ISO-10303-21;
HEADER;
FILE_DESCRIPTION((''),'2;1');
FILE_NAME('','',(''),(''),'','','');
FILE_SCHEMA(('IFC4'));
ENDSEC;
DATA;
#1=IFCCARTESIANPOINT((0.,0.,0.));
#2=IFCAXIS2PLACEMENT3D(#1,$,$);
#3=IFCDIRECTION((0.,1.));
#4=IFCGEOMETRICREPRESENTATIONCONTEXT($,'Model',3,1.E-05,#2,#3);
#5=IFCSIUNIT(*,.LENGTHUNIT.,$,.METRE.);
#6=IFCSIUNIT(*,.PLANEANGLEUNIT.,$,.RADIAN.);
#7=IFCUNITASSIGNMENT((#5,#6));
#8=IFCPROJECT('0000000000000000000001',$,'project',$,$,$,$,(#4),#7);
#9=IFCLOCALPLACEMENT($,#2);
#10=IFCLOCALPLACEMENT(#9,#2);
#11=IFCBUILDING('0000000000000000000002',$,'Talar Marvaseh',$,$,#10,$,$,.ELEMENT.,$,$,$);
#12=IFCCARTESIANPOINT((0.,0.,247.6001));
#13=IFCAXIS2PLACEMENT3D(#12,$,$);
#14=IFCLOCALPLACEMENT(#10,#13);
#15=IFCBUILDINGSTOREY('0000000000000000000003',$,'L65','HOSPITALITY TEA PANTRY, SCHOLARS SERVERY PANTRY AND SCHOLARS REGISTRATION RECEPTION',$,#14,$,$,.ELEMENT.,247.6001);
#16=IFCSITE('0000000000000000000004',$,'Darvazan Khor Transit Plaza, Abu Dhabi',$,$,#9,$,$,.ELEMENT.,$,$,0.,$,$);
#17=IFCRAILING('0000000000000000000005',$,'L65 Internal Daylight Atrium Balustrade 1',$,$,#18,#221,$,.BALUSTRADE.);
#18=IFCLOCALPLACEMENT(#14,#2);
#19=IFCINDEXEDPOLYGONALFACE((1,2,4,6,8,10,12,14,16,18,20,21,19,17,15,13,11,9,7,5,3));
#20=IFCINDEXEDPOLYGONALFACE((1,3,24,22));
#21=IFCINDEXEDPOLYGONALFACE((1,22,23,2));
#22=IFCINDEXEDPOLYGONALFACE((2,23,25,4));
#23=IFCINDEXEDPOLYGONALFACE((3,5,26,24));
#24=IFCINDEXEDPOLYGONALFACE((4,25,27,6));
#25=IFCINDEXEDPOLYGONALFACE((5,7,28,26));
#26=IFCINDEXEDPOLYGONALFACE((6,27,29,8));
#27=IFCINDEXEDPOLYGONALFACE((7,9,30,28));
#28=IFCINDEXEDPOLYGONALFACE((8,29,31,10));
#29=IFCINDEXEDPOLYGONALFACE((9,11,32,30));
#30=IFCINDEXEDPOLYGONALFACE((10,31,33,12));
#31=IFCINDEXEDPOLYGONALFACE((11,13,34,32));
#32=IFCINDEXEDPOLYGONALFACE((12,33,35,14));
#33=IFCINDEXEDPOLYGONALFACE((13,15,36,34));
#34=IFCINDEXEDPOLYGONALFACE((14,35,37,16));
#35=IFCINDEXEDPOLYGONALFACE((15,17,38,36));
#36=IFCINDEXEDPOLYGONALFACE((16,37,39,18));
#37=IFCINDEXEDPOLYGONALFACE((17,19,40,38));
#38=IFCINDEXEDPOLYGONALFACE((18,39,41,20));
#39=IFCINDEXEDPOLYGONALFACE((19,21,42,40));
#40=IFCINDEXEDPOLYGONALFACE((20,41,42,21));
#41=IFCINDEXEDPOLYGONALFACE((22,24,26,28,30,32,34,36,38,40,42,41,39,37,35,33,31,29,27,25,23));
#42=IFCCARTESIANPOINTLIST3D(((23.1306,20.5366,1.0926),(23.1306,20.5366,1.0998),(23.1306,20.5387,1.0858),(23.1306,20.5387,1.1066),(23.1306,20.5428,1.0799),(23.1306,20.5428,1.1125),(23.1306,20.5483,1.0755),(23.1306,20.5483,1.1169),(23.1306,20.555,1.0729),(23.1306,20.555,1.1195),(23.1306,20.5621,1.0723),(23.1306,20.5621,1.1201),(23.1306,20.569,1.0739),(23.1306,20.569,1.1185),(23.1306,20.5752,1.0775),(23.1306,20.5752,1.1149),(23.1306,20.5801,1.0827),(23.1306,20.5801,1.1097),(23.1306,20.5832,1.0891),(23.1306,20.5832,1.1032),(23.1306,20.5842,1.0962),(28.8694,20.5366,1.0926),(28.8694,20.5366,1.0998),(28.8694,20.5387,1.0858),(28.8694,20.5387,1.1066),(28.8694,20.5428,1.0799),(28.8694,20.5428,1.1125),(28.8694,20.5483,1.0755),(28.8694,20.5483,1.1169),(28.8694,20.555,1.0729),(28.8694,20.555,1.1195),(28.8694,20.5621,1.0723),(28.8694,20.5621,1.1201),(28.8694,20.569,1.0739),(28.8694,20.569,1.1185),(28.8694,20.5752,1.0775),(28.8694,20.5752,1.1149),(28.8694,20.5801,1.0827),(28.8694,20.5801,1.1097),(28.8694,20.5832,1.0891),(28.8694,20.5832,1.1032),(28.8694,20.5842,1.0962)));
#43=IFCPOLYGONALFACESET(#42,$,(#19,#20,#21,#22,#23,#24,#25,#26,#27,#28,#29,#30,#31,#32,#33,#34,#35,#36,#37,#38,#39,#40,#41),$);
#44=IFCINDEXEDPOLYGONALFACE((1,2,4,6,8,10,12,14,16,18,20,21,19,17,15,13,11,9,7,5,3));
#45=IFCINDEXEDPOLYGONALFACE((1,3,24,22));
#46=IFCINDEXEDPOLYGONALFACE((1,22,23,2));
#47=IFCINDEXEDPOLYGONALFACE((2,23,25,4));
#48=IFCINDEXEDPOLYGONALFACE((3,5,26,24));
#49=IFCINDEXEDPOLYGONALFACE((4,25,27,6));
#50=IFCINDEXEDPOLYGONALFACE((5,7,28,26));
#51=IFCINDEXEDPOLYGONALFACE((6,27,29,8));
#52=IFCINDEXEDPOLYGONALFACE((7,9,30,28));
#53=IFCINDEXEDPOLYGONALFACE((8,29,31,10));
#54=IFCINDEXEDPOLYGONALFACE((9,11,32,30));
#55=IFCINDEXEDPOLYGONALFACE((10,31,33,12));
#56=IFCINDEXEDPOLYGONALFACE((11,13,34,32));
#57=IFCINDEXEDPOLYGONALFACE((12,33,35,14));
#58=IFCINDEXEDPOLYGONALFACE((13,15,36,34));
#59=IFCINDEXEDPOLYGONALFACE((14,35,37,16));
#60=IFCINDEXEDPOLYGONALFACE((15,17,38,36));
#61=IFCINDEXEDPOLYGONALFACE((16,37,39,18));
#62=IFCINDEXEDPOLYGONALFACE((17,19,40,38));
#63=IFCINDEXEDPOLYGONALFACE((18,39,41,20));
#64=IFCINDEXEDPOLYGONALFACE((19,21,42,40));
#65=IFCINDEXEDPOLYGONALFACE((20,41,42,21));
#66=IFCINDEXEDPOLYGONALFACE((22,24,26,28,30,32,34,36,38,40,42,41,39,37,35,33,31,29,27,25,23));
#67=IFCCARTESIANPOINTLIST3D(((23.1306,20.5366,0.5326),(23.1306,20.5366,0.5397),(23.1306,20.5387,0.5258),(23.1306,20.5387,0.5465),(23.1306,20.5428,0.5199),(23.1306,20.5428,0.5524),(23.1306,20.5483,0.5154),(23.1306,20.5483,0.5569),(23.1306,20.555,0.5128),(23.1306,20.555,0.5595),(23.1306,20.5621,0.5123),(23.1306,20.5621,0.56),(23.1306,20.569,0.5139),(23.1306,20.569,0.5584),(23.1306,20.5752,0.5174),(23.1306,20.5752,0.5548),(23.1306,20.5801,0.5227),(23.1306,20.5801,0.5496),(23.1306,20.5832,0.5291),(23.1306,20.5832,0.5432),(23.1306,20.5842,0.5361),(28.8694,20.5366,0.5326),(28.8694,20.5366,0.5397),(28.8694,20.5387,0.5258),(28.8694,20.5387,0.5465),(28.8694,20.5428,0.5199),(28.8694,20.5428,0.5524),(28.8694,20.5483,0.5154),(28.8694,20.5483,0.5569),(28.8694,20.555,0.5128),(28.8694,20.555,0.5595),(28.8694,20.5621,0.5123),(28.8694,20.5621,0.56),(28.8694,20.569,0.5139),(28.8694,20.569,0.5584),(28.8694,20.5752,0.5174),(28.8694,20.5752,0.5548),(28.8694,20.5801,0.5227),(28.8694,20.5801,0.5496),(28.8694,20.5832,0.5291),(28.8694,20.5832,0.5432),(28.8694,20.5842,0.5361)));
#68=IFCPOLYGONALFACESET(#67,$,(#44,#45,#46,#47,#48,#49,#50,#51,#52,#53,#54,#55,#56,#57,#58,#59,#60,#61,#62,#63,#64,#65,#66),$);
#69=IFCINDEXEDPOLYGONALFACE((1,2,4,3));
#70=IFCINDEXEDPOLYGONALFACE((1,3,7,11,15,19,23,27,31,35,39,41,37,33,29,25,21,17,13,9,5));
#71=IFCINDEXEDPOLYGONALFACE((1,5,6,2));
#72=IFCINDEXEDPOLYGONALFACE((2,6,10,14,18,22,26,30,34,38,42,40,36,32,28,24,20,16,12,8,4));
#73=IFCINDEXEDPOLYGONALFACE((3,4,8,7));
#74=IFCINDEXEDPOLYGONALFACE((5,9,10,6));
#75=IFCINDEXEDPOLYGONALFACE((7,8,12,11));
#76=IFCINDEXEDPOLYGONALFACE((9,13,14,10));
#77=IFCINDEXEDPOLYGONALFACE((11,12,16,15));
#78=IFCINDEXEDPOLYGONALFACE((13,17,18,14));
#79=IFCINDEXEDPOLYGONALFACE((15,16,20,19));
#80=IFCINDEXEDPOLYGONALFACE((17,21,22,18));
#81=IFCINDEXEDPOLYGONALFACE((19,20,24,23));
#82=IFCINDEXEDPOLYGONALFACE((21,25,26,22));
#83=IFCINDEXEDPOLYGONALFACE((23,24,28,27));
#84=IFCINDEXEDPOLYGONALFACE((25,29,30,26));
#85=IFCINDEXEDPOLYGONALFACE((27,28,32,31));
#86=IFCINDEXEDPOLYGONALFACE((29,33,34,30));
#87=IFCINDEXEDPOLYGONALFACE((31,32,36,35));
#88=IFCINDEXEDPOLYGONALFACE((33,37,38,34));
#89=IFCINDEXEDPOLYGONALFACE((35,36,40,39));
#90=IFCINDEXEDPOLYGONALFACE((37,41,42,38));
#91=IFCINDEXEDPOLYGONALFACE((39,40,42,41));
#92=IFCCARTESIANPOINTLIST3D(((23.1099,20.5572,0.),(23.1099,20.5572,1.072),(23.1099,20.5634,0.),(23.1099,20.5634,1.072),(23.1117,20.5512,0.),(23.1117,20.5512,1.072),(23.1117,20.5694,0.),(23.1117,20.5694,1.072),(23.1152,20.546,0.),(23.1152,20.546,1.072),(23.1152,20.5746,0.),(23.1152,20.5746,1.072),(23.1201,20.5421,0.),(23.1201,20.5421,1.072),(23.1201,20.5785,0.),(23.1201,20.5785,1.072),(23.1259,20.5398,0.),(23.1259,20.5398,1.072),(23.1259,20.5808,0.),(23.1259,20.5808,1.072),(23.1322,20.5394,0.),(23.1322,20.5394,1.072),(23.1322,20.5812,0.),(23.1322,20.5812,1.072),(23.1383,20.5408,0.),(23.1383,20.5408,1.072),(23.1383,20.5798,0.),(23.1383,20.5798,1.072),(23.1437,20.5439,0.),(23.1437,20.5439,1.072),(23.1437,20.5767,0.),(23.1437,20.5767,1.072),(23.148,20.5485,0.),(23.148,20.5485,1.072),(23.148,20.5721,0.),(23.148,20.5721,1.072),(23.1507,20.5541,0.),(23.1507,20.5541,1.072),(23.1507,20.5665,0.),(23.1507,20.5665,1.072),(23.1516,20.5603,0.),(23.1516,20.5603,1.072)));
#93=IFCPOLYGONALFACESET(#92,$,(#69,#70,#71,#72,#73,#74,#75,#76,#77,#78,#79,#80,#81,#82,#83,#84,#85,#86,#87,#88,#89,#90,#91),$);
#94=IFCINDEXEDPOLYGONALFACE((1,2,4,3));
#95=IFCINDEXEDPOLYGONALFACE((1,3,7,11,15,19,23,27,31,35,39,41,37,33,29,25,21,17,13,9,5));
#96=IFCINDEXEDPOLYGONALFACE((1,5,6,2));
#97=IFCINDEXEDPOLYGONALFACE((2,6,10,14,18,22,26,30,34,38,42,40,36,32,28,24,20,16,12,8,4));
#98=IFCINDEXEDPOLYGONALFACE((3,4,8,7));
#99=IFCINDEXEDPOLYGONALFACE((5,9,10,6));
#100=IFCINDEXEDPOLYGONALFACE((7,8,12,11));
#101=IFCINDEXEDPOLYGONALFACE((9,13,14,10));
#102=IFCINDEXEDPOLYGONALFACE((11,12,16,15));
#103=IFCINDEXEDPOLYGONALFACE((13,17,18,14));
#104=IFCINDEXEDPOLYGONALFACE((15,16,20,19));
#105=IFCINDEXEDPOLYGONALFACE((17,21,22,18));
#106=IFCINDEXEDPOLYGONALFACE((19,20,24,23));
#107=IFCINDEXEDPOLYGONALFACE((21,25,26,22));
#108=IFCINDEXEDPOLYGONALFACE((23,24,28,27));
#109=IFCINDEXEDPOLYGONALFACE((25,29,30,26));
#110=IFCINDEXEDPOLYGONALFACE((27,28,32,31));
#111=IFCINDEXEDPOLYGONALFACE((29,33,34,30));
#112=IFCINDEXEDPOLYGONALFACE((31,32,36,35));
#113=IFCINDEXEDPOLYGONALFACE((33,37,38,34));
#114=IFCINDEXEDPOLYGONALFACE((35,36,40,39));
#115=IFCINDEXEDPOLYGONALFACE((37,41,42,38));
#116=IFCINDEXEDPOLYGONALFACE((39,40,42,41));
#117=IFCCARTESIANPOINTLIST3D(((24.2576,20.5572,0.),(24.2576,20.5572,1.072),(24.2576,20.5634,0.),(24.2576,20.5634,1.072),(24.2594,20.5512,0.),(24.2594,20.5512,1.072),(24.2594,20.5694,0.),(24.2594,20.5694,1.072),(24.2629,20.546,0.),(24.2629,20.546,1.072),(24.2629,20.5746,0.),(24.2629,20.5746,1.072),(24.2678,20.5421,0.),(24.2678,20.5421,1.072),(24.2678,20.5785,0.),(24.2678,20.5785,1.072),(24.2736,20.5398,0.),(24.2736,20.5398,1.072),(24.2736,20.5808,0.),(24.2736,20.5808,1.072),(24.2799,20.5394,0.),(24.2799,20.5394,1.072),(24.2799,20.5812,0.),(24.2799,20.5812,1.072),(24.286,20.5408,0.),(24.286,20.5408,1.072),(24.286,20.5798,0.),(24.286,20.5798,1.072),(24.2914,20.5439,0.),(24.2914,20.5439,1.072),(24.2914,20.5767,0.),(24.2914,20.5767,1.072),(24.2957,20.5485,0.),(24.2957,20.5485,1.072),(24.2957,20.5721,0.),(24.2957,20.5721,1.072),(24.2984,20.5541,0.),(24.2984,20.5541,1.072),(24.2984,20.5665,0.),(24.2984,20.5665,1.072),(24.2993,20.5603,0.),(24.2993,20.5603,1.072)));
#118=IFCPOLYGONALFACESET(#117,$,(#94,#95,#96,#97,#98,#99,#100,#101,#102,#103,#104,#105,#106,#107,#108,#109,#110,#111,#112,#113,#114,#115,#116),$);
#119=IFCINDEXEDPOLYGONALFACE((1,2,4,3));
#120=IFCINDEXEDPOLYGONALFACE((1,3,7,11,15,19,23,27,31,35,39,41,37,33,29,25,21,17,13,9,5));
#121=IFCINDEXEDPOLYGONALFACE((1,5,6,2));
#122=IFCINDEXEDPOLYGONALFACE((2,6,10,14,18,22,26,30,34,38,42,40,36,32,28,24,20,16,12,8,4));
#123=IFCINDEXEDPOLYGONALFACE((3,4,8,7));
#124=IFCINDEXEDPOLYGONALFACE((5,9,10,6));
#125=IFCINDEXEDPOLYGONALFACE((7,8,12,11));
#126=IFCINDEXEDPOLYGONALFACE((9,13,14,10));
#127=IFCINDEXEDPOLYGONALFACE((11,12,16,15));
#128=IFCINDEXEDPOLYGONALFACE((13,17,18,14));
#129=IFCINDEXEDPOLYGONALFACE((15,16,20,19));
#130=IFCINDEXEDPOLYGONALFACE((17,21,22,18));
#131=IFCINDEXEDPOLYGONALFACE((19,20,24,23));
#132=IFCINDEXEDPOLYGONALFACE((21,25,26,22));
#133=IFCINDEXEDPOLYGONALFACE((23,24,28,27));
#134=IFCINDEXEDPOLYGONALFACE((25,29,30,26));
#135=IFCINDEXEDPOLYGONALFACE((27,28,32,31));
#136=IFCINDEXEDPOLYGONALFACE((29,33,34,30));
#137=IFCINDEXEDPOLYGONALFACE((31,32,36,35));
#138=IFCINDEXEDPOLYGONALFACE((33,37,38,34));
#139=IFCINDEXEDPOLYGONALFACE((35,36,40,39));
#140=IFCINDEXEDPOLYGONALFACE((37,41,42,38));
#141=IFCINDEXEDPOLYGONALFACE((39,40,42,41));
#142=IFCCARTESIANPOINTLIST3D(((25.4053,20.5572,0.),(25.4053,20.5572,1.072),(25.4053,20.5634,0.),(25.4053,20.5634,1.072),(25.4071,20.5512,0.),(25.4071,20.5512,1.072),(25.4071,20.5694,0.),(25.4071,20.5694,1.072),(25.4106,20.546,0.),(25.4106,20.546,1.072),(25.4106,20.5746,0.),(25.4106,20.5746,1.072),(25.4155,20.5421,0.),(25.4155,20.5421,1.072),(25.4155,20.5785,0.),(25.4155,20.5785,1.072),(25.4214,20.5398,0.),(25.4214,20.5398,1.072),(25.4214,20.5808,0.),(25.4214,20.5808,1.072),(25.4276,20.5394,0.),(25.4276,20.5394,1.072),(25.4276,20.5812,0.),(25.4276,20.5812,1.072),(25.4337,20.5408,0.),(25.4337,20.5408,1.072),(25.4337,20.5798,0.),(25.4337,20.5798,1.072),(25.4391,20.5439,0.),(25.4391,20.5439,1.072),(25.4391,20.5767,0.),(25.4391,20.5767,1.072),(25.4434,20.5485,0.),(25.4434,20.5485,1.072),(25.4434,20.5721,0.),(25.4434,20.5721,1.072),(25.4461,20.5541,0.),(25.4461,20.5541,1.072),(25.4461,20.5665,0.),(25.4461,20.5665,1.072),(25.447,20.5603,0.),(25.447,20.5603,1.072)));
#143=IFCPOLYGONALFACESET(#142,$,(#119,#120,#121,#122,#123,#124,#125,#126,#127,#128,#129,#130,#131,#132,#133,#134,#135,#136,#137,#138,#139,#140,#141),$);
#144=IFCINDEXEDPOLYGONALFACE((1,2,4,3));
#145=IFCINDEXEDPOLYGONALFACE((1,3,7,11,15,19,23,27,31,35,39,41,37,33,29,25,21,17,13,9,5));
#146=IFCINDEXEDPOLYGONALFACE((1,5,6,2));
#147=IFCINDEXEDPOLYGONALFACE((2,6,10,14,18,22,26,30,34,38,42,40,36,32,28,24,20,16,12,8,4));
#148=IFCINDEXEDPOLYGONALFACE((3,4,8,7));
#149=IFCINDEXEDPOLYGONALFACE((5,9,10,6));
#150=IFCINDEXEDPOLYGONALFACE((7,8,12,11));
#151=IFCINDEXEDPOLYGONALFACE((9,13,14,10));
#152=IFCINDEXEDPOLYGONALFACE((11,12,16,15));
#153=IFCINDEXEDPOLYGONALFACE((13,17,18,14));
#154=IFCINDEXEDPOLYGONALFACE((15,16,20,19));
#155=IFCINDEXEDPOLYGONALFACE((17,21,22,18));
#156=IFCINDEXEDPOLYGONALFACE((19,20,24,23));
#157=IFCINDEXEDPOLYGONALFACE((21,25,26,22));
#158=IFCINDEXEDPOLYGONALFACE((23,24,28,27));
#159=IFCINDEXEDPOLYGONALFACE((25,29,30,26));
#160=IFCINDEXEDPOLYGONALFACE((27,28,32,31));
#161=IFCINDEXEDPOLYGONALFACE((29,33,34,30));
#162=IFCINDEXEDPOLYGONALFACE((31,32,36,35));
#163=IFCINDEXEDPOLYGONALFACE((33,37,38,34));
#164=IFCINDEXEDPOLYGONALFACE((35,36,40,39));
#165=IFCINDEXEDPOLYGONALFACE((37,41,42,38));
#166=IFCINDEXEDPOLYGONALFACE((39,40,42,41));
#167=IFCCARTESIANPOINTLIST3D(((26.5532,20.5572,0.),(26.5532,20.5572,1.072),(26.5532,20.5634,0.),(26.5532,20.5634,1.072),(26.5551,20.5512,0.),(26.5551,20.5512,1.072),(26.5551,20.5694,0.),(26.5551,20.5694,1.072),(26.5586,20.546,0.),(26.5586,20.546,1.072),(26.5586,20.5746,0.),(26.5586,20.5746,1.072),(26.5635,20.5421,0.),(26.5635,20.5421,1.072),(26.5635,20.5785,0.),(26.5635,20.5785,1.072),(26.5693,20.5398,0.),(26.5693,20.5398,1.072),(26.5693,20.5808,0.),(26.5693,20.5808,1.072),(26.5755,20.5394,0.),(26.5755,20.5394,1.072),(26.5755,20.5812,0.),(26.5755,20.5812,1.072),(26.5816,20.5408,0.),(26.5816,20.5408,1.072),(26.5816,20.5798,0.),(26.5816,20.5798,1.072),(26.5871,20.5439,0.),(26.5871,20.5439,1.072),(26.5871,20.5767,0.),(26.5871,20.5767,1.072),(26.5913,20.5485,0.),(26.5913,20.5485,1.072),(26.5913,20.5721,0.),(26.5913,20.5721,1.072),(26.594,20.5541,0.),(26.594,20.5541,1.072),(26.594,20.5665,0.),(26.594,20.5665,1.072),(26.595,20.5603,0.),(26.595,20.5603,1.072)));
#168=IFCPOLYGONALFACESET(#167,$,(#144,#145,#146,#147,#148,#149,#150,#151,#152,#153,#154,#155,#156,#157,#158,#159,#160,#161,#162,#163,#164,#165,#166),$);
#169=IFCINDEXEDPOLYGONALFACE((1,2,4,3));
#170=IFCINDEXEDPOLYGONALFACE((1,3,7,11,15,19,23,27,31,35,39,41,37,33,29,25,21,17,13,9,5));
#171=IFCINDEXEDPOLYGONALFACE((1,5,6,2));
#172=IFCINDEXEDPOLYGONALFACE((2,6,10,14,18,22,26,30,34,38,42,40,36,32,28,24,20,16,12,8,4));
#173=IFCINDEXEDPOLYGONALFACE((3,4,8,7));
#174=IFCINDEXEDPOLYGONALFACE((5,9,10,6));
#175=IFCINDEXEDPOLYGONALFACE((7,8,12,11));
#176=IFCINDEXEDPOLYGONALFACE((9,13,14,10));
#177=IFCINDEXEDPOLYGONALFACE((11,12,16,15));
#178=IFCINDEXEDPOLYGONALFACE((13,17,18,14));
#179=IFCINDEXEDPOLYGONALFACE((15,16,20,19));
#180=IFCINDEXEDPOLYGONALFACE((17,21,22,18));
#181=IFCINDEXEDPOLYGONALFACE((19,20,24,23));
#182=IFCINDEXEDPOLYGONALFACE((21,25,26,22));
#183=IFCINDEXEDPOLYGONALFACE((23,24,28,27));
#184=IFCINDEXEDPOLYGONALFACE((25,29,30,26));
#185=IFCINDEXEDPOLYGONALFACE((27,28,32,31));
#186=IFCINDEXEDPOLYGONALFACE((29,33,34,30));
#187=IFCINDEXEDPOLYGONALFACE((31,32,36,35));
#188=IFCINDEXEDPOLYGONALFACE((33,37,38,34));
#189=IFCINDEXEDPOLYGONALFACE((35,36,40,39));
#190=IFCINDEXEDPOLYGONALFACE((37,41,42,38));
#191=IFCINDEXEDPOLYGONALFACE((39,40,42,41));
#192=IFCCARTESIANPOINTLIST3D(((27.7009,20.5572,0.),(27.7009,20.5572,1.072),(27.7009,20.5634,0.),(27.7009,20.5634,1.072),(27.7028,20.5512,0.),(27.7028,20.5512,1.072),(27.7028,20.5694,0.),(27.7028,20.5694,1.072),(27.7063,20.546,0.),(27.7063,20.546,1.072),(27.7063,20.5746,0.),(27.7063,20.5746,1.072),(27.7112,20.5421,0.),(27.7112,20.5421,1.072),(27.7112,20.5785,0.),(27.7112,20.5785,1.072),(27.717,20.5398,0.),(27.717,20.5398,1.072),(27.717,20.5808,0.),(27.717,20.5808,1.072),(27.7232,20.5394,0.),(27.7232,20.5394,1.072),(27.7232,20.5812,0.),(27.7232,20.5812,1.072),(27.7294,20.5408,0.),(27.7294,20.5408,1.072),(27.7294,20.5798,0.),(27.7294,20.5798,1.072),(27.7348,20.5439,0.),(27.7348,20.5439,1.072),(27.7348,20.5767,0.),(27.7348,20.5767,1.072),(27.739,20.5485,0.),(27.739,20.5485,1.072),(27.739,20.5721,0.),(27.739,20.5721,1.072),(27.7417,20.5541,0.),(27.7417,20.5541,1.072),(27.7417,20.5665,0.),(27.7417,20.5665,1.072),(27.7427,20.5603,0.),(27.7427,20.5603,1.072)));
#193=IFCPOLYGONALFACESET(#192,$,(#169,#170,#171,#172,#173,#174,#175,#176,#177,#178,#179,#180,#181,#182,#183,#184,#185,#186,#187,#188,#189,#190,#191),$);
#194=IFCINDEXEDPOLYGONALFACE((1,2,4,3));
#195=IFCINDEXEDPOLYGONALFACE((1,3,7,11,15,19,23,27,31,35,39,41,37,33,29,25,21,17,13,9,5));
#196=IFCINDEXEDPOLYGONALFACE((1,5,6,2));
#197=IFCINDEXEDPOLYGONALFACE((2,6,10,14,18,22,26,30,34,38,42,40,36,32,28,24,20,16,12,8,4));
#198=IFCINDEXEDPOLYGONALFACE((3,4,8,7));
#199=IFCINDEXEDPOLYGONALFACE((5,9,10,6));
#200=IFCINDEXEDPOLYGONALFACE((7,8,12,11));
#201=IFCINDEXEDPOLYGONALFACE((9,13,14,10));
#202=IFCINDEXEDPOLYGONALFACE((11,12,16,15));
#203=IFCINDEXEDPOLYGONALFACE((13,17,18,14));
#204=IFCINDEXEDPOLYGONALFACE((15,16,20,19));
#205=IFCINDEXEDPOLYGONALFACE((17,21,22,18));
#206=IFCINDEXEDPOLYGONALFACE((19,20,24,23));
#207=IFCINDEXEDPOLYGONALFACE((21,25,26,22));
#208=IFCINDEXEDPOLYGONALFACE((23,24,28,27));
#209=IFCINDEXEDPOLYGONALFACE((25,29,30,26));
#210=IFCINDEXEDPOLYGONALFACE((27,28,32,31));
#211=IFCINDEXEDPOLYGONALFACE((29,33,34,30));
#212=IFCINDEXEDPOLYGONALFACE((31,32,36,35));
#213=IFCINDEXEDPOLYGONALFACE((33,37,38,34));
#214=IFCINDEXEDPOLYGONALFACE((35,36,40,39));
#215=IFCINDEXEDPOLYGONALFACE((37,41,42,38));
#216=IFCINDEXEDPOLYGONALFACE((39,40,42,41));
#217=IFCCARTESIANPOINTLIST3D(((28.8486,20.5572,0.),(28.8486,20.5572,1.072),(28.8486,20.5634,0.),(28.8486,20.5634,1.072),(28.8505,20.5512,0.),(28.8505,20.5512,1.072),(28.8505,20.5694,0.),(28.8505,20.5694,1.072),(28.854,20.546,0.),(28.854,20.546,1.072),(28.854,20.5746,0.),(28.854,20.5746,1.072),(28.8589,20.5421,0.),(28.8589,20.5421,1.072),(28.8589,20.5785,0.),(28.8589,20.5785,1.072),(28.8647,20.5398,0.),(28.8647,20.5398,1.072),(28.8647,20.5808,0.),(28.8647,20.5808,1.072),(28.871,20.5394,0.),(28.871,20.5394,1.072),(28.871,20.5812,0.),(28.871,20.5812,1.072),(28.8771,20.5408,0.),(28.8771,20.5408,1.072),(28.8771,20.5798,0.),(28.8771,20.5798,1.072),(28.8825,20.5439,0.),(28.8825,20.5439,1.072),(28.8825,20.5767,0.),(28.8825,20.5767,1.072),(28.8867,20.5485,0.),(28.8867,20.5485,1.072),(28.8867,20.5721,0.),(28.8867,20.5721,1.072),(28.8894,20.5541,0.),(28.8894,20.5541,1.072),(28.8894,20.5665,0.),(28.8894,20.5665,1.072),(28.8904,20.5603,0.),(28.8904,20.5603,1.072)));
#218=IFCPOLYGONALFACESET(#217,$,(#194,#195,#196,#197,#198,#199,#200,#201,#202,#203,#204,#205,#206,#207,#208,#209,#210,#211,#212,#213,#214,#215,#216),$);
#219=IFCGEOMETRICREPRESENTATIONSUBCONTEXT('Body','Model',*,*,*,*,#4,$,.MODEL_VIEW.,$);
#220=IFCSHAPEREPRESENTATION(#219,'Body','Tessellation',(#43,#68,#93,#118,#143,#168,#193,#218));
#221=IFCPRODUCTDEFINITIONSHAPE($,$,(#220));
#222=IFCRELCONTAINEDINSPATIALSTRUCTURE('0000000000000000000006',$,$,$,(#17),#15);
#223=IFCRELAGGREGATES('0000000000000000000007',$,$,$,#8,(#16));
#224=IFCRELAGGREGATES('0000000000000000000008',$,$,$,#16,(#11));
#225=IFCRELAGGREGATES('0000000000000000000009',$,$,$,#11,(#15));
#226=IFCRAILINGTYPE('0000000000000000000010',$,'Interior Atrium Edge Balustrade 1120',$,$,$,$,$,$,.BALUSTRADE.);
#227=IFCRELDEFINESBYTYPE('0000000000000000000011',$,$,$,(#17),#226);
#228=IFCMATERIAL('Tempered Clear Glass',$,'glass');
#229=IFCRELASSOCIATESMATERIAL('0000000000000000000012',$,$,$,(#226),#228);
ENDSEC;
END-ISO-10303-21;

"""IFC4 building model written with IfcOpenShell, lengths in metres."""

from ifc_helpers import new_model, si_unit, direction, frame, origin, origin_2d, place, context, subcontext, project, spatial, circle, extrude, material, type_object, element, save


model = new_model("IFC4")

# Units and contexts
model_context = context("Model", 3, precision=1e-05, world=origin(), true_north=direction((0.0, 1.0)))
body_context = subcontext(model_context, "Body", "Model", "MODEL_VIEW")
ifc_project = project(units=[si_unit("LENGTHUNIT", "METRE"), si_unit("PLANEANGLEUNIT", "RADIAN")], contexts=[model_context])

# Site, building, storey
site_placement = place(None, origin())
site = spatial("IfcSite", under=ifc_project, at=site_placement, Name="Darvazan Khor Transit Plaza, Abu Dhabi", CompositionType="ELEMENT", RefElevation=0.0)
building_placement = place(site_placement, origin())
building = spatial("IfcBuilding", under=site, at=building_placement, Name="Talar Marvaseh", CompositionType="ELEMENT")
storey_placement = place(building_placement, frame((0.0, 0.0, 247.6001)))
storey = spatial("IfcBuildingStorey", under=building, at=storey_placement, Name="L65", Description="HOSPITALITY TEA PANTRY, SCHOLARS SERVERY PANTRY AND SCHOLARS REGISTRATION RECEPTION", CompositionType="ELEMENT", Elevation=247.6001)

# Railing
ifc_material_1 = material(Name="Tempered Clear Glass", Category="glass")
railing_type = type_object("IfcRailingType", Name="Interior Atrium Edge Balustrade 1120", PredefinedType="BALUSTRADE", material=ifc_material_1)
railing_1_placement = place(storey_placement, frame((23.1306, 20.5603, 0.0)))
element("IfcRailing", 1, at=railing_1_placement, inside=storey, type_object=railing_type, Name="L65 Internal Daylight Atrium Balustrade 1", PredefinedType="BALUSTRADE", context=body_context, shape_type="SweptSolid", body=[
    extrude(circle(Radius=0.0239, at=origin_2d()), frame((0.0, 0.0, 1.0962), z_axis=(1.0, 0.0, 0.0), x_axis=(0.0, 1.0, 0.0)), (0.0, 0.0, 1.0), 5.7388),
    extrude(circle(Radius=0.0239, at=origin_2d()), frame((0.0, 0.0, 0.5361), z_axis=(1.0, 0.0, 0.0), x_axis=(0.0, 1.0, 0.0)), (0.0, 0.0, 1.0), 5.7388),
    extrude(circle(Radius=0.021, at=origin_2d()), origin(), (0.0, 0.0, 1.0), 1.072),
    extrude(circle(Radius=0.021, at=origin_2d()), frame((1.1477, 0.0, 0.0)), (0.0, 0.0, 1.0), 1.072),
    extrude(circle(Radius=0.021, at=origin_2d()), frame((2.2954, 0.0, 0.0)), (0.0, 0.0, 1.0), 1.072),
    extrude(circle(Radius=0.021, at=origin_2d()), frame((3.4434, 0.0, 0.0)), (0.0, 0.0, 1.0), 1.072),
    extrude(circle(Radius=0.021, at=origin_2d()), frame((4.5911, 0.0, 0.0)), (0.0, 0.0, 1.0), 1.072),
    extrude(circle(Radius=0.021, at=origin_2d()), frame((5.7388, 0.0, 0.0)), (0.0, 0.0, 1.0), 1.072),
])

save(model, "model.ifc")
